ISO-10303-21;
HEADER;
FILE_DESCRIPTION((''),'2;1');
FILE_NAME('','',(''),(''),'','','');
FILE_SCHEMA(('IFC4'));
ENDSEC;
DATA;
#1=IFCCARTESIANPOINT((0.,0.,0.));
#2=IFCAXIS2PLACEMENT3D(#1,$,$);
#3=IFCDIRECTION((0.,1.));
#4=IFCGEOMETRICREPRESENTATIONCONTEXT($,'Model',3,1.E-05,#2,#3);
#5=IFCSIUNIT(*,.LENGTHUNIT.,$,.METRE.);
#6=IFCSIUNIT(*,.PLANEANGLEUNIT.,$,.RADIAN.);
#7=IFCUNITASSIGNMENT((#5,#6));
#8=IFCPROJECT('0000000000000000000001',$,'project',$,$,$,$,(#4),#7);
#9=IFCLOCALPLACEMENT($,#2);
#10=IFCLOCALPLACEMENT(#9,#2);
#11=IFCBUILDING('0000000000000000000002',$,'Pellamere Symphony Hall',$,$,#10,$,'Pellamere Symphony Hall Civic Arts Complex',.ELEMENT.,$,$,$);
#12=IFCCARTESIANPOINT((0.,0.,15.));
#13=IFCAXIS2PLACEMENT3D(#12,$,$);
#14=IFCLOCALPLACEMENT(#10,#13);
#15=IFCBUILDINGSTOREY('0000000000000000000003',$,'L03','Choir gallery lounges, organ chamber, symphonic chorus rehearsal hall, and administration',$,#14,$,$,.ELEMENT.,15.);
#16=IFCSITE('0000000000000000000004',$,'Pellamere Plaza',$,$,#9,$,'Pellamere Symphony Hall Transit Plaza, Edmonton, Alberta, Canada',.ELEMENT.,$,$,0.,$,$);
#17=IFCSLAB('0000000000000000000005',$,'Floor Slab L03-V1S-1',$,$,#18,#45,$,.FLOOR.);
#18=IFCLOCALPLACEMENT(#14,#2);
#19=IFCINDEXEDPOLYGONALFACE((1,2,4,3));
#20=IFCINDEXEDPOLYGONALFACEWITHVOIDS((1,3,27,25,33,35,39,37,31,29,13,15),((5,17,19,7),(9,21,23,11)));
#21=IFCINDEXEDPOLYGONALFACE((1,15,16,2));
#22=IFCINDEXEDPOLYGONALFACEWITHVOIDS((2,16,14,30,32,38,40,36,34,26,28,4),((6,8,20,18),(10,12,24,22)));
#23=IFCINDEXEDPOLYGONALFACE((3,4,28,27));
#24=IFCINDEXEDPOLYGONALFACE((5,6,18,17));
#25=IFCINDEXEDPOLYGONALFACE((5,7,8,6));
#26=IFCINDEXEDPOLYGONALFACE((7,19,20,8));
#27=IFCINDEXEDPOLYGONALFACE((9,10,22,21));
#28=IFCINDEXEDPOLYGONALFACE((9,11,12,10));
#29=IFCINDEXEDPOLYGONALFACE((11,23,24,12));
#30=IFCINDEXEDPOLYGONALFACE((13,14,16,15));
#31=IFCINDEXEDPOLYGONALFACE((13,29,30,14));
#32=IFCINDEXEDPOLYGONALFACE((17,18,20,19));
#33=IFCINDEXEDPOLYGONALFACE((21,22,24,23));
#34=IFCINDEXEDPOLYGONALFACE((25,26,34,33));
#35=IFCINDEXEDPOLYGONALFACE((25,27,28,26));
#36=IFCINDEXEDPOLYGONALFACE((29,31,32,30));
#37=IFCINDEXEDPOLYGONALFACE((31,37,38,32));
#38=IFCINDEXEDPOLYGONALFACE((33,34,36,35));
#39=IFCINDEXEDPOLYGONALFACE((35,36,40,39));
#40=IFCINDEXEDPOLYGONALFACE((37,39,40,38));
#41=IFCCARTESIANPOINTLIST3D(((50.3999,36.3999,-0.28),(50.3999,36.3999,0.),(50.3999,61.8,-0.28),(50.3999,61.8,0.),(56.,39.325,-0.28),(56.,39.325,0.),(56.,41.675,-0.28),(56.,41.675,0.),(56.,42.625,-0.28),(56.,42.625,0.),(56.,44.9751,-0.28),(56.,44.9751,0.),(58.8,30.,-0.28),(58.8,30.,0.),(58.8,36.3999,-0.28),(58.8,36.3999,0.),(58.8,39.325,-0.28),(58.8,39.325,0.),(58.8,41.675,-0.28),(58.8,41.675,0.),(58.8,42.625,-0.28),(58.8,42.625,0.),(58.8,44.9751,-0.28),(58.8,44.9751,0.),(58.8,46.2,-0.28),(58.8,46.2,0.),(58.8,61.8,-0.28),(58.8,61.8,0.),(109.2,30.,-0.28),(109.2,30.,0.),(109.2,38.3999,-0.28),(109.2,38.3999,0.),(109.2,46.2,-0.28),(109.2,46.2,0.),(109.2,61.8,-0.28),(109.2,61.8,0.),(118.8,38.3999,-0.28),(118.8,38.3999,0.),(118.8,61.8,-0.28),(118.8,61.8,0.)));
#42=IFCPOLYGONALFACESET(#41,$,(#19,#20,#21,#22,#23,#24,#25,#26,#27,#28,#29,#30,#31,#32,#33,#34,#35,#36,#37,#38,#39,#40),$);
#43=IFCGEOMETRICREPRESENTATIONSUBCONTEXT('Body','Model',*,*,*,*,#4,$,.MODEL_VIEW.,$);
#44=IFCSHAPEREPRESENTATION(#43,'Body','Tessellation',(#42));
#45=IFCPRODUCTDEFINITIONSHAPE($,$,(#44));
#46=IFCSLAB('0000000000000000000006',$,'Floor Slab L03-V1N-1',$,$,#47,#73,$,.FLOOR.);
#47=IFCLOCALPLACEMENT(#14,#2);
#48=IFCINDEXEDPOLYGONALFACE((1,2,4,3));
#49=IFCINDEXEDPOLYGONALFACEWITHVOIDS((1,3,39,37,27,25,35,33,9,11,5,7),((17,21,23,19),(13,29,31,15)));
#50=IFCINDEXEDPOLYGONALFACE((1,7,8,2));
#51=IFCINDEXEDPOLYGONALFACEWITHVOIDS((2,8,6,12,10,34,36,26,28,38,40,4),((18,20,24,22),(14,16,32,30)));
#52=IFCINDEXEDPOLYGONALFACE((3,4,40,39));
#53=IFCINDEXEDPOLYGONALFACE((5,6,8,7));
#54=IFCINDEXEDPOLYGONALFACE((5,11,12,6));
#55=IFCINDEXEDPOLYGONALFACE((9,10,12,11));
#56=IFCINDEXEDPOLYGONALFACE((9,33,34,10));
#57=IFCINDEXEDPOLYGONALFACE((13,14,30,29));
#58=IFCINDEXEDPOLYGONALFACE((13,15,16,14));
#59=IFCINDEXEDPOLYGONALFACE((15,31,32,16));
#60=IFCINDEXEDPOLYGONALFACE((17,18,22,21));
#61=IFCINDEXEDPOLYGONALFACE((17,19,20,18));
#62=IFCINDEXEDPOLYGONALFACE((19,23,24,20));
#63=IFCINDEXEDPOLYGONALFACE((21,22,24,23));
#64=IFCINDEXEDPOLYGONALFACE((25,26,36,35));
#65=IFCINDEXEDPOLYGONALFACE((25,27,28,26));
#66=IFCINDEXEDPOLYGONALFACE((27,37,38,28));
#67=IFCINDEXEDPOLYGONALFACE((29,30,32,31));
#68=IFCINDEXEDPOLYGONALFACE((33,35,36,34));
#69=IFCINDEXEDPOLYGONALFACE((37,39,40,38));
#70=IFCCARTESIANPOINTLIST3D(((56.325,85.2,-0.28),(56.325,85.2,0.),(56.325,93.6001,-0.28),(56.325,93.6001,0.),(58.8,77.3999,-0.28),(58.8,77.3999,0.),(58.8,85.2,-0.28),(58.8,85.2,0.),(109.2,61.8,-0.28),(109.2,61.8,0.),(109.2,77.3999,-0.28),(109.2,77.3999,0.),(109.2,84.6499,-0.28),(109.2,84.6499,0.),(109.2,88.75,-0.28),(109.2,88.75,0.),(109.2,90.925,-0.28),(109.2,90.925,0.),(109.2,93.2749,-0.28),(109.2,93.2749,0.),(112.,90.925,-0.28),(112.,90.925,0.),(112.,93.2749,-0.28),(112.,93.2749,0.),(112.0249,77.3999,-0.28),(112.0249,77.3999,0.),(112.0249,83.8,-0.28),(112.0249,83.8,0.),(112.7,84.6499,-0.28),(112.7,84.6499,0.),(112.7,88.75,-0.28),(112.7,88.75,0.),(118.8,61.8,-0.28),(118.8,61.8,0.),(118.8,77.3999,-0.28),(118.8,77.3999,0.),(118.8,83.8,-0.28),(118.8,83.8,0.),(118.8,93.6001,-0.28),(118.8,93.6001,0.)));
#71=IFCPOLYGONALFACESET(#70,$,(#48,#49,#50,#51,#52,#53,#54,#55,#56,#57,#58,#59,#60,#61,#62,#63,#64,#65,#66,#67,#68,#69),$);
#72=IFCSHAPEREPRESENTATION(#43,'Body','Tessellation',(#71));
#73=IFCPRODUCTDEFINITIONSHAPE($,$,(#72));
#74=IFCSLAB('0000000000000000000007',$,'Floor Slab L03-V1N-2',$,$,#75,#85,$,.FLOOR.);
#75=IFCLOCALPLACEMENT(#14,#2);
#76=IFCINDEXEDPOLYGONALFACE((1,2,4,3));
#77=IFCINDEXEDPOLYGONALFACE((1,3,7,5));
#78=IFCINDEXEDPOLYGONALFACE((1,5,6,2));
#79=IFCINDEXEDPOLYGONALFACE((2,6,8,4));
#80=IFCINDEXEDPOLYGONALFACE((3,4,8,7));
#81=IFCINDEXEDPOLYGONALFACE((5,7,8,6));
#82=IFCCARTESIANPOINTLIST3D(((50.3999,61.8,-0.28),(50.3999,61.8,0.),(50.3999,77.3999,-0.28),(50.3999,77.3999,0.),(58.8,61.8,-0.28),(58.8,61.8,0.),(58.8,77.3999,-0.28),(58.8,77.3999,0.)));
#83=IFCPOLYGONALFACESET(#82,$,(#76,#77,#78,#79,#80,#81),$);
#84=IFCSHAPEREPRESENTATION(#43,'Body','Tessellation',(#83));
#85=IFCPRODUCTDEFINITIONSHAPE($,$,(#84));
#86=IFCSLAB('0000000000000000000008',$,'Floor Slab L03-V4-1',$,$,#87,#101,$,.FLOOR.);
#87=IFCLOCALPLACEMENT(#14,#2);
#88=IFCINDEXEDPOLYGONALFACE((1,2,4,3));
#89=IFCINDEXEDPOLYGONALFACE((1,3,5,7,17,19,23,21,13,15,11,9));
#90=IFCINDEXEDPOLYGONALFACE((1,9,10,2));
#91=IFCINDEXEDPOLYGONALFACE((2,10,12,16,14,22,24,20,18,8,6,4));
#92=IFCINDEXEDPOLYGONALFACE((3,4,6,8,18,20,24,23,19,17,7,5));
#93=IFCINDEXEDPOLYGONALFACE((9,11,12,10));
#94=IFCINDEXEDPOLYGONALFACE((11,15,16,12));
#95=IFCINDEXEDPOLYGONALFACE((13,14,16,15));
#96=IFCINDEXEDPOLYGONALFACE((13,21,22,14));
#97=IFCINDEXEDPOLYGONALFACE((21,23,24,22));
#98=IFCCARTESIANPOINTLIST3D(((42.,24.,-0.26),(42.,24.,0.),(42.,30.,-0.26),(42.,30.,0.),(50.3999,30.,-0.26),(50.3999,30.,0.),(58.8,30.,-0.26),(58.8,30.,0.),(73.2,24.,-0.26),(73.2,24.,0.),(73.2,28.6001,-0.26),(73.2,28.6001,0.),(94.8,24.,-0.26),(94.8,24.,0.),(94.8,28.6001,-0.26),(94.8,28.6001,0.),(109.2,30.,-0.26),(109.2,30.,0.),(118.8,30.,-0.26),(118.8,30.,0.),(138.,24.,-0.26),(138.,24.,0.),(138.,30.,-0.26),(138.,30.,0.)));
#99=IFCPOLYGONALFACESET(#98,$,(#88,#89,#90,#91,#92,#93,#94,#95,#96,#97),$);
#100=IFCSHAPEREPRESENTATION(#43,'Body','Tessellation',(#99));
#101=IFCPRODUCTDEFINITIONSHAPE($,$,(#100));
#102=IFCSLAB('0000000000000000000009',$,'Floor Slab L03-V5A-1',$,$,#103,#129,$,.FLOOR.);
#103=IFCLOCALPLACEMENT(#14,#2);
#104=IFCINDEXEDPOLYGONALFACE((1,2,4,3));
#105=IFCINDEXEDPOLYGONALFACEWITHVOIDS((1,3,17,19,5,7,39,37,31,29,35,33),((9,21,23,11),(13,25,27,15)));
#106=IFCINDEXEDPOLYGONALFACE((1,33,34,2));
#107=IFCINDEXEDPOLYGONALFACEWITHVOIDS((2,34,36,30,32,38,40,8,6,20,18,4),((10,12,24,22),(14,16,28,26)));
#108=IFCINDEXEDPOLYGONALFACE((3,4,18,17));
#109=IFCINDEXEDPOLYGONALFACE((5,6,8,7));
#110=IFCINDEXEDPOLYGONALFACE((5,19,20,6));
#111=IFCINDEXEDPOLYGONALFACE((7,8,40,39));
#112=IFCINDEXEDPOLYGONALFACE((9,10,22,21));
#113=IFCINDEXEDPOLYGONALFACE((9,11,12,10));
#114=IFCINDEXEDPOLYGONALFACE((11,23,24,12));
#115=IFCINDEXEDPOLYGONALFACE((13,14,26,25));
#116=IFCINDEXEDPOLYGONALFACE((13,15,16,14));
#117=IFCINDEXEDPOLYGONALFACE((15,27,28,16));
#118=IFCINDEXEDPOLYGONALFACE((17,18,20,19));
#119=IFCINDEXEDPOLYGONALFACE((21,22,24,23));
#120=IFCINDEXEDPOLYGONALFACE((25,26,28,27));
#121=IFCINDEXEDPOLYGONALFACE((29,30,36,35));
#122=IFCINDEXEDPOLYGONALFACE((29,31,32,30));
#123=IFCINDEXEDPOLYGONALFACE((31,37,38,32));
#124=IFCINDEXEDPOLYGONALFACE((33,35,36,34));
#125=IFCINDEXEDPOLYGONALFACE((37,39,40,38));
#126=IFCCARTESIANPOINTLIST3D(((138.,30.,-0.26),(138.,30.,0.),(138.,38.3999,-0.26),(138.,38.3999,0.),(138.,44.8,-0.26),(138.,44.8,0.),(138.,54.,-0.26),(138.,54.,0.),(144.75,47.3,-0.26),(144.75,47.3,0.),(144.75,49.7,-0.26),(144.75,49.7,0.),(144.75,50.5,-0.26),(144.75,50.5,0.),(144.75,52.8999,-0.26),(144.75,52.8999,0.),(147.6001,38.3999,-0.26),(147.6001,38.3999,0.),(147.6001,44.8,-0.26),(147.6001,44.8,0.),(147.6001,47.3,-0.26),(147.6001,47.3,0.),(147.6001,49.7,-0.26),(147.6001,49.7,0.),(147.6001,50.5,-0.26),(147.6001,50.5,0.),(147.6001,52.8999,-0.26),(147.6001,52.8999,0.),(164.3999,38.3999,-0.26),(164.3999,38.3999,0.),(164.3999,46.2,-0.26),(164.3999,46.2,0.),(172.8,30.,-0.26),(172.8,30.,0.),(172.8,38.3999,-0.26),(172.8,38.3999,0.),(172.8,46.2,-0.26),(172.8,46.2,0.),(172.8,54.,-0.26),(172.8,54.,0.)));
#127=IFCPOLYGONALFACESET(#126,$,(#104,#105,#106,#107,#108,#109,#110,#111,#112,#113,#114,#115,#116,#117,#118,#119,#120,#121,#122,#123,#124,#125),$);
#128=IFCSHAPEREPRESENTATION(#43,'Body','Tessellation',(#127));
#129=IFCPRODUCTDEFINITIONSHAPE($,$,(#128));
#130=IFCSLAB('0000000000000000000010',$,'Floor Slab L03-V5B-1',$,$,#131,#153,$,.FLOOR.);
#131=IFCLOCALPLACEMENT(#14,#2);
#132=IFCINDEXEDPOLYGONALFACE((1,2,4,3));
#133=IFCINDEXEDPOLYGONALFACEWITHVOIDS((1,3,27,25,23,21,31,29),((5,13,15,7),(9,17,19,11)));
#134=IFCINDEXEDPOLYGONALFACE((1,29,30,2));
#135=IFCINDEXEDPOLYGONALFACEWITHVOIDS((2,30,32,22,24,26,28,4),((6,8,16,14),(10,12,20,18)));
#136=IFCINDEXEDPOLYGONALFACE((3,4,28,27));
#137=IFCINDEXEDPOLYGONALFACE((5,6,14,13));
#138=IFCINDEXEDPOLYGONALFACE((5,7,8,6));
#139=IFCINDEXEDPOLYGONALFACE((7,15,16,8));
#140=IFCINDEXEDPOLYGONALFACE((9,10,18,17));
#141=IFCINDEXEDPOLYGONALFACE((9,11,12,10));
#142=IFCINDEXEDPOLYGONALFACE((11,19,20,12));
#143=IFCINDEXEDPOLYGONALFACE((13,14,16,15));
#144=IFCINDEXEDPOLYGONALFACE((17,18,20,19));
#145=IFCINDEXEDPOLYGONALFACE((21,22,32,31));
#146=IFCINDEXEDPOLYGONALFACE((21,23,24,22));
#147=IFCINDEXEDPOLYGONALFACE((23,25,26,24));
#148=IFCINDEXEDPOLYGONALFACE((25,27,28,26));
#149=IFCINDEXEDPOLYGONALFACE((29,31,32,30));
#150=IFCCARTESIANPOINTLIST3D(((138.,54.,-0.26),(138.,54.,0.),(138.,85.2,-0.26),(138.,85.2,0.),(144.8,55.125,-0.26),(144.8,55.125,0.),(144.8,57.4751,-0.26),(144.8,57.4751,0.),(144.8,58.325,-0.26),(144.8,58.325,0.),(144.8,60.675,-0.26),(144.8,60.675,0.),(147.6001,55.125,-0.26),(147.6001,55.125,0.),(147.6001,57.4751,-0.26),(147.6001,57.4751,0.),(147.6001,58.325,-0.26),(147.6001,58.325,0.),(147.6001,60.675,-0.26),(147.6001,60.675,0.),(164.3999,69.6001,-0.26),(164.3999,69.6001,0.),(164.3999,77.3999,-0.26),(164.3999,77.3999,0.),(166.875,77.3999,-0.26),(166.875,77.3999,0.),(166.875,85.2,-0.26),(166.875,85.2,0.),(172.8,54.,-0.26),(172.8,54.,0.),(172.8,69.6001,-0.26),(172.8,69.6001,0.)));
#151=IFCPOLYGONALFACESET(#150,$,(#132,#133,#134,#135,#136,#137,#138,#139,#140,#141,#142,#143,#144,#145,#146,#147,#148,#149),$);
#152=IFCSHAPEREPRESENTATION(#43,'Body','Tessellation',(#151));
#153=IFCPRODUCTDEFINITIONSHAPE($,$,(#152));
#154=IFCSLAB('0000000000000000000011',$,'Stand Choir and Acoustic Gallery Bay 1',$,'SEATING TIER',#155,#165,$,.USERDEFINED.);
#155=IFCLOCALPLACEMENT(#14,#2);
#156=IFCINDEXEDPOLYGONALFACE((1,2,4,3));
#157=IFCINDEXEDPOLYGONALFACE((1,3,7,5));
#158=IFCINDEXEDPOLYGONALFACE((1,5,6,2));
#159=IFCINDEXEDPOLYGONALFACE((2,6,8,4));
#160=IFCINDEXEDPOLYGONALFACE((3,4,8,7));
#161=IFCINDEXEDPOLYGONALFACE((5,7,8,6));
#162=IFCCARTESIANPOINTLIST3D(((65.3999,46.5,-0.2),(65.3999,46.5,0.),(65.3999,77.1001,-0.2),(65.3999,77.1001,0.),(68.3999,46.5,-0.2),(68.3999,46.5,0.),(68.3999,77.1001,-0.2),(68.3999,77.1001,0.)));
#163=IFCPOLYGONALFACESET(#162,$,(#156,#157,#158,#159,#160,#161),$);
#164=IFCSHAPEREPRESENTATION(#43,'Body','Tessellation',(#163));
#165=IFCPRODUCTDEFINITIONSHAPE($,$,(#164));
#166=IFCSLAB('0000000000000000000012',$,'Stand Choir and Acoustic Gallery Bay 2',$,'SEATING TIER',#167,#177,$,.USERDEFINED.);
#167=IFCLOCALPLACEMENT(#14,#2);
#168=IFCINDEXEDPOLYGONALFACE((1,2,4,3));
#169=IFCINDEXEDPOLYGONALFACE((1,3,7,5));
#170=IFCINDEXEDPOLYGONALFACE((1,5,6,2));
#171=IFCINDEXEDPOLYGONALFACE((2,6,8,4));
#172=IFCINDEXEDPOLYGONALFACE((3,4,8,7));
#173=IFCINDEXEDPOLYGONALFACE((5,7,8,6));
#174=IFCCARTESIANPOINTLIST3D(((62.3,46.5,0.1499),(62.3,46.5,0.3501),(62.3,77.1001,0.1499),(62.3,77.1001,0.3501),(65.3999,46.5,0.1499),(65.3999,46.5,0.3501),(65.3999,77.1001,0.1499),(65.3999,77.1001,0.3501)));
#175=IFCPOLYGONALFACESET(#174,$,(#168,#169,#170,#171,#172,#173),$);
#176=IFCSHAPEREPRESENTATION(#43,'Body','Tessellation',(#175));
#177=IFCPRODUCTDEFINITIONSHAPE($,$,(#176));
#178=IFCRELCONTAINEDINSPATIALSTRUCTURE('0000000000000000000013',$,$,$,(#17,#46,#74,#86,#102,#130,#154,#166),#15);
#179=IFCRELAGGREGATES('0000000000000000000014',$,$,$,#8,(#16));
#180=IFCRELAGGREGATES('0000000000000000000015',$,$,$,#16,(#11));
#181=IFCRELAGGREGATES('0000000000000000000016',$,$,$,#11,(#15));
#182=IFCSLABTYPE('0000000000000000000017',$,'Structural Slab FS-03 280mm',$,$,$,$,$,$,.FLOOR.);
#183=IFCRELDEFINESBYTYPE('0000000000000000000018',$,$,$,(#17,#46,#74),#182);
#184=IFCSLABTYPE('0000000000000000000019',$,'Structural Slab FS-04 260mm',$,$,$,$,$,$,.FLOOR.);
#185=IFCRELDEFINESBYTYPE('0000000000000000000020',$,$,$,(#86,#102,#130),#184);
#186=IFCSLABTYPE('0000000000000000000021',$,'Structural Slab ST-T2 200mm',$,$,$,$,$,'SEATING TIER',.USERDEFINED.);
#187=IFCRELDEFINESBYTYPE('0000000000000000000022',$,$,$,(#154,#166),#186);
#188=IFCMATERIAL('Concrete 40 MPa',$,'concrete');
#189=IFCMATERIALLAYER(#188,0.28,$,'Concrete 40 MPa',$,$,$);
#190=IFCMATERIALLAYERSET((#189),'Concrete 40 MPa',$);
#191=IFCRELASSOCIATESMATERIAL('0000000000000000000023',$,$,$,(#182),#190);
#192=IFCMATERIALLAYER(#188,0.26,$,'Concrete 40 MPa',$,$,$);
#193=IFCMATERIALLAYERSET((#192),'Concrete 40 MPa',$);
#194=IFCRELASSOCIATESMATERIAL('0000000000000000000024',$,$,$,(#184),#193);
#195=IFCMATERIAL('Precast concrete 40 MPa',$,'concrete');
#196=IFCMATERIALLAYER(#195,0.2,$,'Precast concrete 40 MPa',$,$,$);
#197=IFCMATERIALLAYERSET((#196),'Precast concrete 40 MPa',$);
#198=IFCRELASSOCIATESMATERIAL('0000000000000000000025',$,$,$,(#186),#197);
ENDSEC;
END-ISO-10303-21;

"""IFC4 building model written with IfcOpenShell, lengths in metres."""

from ifc_helpers import new_model, si_unit, direction, frame, origin, place, context, subcontext, project, spatial, polyline, outline, extrude, material, layer, layer_set, type_object, element, save


model = new_model("IFC4")

# Units and contexts
model_context = context("Model", 3, precision=1e-05, world=origin(), true_north=direction((0.0, 1.0)))
body_context = subcontext(model_context, "Body", "Model", "MODEL_VIEW")
ifc_project = project(units=[si_unit("LENGTHUNIT", "METRE"), si_unit("PLANEANGLEUNIT", "RADIAN")], contexts=[model_context])

# Site, building, storey
site_placement = place(None, origin())
site = spatial("IfcSite", under=ifc_project, at=site_placement, Name="Pellamere Plaza", LongName="Pellamere Symphony Hall Transit Plaza, Edmonton, Alberta, Canada", CompositionType="ELEMENT", RefElevation=0.0)
building_placement = place(site_placement, origin())
building = spatial("IfcBuilding", under=site, at=building_placement, Name="Pellamere Symphony Hall", LongName="Pellamere Symphony Hall Civic Arts Complex", CompositionType="ELEMENT")
storey_placement = place(building_placement, frame((0.0, 0.0, 15.0)))
storey = spatial("IfcBuildingStorey", under=building, at=storey_placement, Name="L03", Description="Choir gallery lounges, organ chamber, symphonic chorus rehearsal hall, and administration", CompositionType="ELEMENT", Elevation=15.0)

# Shared definitions
ifc_material_1 = material(Name="Concrete 40 MPa", Category="concrete")

# Slabs
ifc_layer_1 = layer(ifc_material_1, 0.28, Name="Concrete 40 MPa")
ifc_layer_set_1 = layer_set([ifc_layer_1], Name="Concrete 40 MPa")
slab_type_1 = type_object("IfcSlabType", Name="Structural Slab FS-03 280mm", PredefinedType="FLOOR", material=ifc_layer_set_1)
slab_1_placement = place(storey_placement, frame((0.0, 0.0, -0.28)))
element("IfcSlab", 1, at=slab_1_placement, inside=storey, type_object=slab_type_1, Name="Floor Slab L03-V1S-1", PredefinedType="FLOOR", context=body_context, shape_type="SweptSolid", body=[
    extrude(outline(polyline([(58.8, 61.8), (58.8, 46.2), (109.2, 46.2), (109.2, 61.8), (118.8, 61.8), (118.8, 38.3999), (109.2, 38.3999), (109.2, 30.0), (58.8, 30.0), (58.8, 36.3999), (50.3999, 36.3999), (50.3999, 61.8), (58.8, 61.8)]), holes=[polyline([(58.8, 41.675), (56.0, 41.675), (56.0, 39.325), (58.8, 39.325), (58.8, 41.675)]), polyline([(58.8, 44.9751), (56.0, 44.9751), (56.0, 42.625), (58.8, 42.625), (58.8, 44.9751)])]), origin(), (0.0, 0.0, 1.0), 0.28),
])
slab_2_placement = place(storey_placement, frame((0.0, 0.0, -0.28)))
element("IfcSlab", 2, at=slab_2_placement, inside=storey, type_object=slab_type_1, Name="Floor Slab L03-V1N-1", PredefinedType="FLOOR", context=body_context, shape_type="SweptSolid", body=[
    extrude(outline(polyline([(118.8, 93.6001), (118.8, 83.8), (112.0249, 83.8), (112.0249, 77.3999), (118.8, 77.3999), (118.8, 61.8), (109.2, 61.8), (109.2, 77.3999), (58.8, 77.3999), (58.8, 85.2), (56.325, 85.2), (56.325, 93.6001), (118.8, 93.6001)]), holes=[polyline([(112.7, 88.75), (109.2, 88.75), (109.2, 84.6499), (112.7, 84.6499), (112.7, 88.75)]), polyline([(112.0, 90.925), (112.0, 93.2749), (109.2, 93.2749), (109.2, 90.925), (112.0, 90.925)])]), origin(), (0.0, 0.0, 1.0), 0.28),
])
slab_3_placement = place(storey_placement, frame((0.0, 0.0, -0.28)))
element("IfcSlab", 3, at=slab_3_placement, inside=storey, type_object=slab_type_1, Name="Floor Slab L03-V1N-2", PredefinedType="FLOOR", context=body_context, shape_type="SweptSolid", body=[
    extrude(outline(polyline([(58.8, 61.8), (50.3999, 61.8), (50.3999, 77.3999), (58.8, 77.3999), (58.8, 61.8)])), origin(), (0.0, 0.0, 1.0), 0.28),
])
ifc_layer_2 = layer(ifc_material_1, 0.26, Name="Concrete 40 MPa")
ifc_layer_set_2 = layer_set([ifc_layer_2], Name="Concrete 40 MPa")
slab_type_2 = type_object("IfcSlabType", Name="Structural Slab FS-04 260mm", PredefinedType="FLOOR", material=ifc_layer_set_2)
slab_4_placement = place(storey_placement, frame((0.0, 0.0, -0.26)))
element("IfcSlab", 4, at=slab_4_placement, inside=storey, type_object=slab_type_2, Name="Floor Slab L03-V4-1", PredefinedType="FLOOR", context=body_context, shape_type="SweptSolid", body=[
    extrude(outline(polyline([(138.0, 30.0), (138.0, 24.0), (94.8, 24.0), (94.8, 28.6001), (73.2, 28.6001), (73.2, 24.0), (42.0, 24.0), (42.0, 30.0), (50.3999, 30.0), (58.8, 30.0), (109.2, 30.0), (118.8, 30.0), (138.0, 30.0)])), origin(), (0.0, 0.0, 1.0), 0.26),
])
slab_5_placement = place(storey_placement, frame((0.0, 0.0, -0.26)))
element("IfcSlab", 5, at=slab_5_placement, inside=storey, type_object=slab_type_2, Name="Floor Slab L03-V5A-1", PredefinedType="FLOOR", context=body_context, shape_type="SweptSolid", body=[
    extrude(outline(polyline([(172.8, 30.0), (138.0, 30.0), (138.0, 38.3999), (147.6001, 38.3999), (147.6001, 44.8), (138.0, 44.8), (138.0, 54.0), (172.8, 54.0), (172.8, 46.2), (164.3999, 46.2), (164.3999, 38.3999), (172.8, 38.3999), (172.8, 30.0)]), holes=[polyline([(147.6001, 49.7), (144.75, 49.7), (144.75, 47.3), (147.6001, 47.3), (147.6001, 49.7)]), polyline([(147.6001, 52.8999), (144.75, 52.8999), (144.75, 50.5), (147.6001, 50.5), (147.6001, 52.8999)])]), origin(), (0.0, 0.0, 1.0), 0.26),
])
slab_6_placement = place(storey_placement, frame((0.0, 0.0, -0.26)))
element("IfcSlab", 6, at=slab_6_placement, inside=storey, type_object=slab_type_2, Name="Floor Slab L03-V5B-1", PredefinedType="FLOOR", context=body_context, shape_type="SweptSolid", body=[
    extrude(outline(polyline([(172.8, 54.0), (138.0, 54.0), (138.0, 85.2), (166.875, 85.2), (166.875, 77.3999), (164.3999, 77.3999), (164.3999, 69.6001), (172.8, 69.6001), (172.8, 54.0)]), holes=[polyline([(147.6001, 57.4751), (144.8, 57.4751), (144.8, 55.125), (147.6001, 55.125), (147.6001, 57.4751)]), polyline([(147.6001, 60.675), (144.8, 60.675), (144.8, 58.325), (147.6001, 58.325), (147.6001, 60.675)])]), origin(), (0.0, 0.0, 1.0), 0.26),
])
ifc_material_2 = material(Name="Precast concrete 40 MPa", Category="concrete")
ifc_layer_3 = layer(ifc_material_2, 0.2, Name="Precast concrete 40 MPa")
ifc_layer_set_3 = layer_set([ifc_layer_3], Name="Precast concrete 40 MPa")
slab_type_3 = type_object("IfcSlabType", Name="Structural Slab ST-T2 200mm", ElementType="SEATING TIER", PredefinedType="USERDEFINED", material=ifc_layer_set_3)
slab_7_placement = place(storey_placement, frame((0.0, 0.0, -0.2)))
element("IfcSlab", 7, at=slab_7_placement, inside=storey, type_object=slab_type_3, Name="Stand Choir and Acoustic Gallery Bay 1", ObjectType="SEATING TIER", PredefinedType="USERDEFINED", context=body_context, shape_type="SweptSolid", body=[
    extrude(outline(polyline([(65.3999, 46.5), (65.3999, 77.1001), (68.3999, 77.1001), (68.3999, 46.5), (65.3999, 46.5)])), origin(), (0.0, 0.0, 1.0), 0.2),
])
slab_8_placement = place(storey_placement, frame((0.0, 0.0, 0.1499)))
element("IfcSlab", 8, at=slab_8_placement, inside=storey, type_object=slab_type_3, Name="Stand Choir and Acoustic Gallery Bay 2", ObjectType="SEATING TIER", PredefinedType="USERDEFINED", context=body_context, shape_type="SweptSolid", body=[
    extrude(outline(polyline([(62.3, 46.5), (62.3, 77.1001), (65.3999, 77.1001), (65.3999, 46.5), (62.3, 46.5)])), origin(), (0.0, 0.0, 1.0), 0.2002),
])

save(model, "model.ifc")
